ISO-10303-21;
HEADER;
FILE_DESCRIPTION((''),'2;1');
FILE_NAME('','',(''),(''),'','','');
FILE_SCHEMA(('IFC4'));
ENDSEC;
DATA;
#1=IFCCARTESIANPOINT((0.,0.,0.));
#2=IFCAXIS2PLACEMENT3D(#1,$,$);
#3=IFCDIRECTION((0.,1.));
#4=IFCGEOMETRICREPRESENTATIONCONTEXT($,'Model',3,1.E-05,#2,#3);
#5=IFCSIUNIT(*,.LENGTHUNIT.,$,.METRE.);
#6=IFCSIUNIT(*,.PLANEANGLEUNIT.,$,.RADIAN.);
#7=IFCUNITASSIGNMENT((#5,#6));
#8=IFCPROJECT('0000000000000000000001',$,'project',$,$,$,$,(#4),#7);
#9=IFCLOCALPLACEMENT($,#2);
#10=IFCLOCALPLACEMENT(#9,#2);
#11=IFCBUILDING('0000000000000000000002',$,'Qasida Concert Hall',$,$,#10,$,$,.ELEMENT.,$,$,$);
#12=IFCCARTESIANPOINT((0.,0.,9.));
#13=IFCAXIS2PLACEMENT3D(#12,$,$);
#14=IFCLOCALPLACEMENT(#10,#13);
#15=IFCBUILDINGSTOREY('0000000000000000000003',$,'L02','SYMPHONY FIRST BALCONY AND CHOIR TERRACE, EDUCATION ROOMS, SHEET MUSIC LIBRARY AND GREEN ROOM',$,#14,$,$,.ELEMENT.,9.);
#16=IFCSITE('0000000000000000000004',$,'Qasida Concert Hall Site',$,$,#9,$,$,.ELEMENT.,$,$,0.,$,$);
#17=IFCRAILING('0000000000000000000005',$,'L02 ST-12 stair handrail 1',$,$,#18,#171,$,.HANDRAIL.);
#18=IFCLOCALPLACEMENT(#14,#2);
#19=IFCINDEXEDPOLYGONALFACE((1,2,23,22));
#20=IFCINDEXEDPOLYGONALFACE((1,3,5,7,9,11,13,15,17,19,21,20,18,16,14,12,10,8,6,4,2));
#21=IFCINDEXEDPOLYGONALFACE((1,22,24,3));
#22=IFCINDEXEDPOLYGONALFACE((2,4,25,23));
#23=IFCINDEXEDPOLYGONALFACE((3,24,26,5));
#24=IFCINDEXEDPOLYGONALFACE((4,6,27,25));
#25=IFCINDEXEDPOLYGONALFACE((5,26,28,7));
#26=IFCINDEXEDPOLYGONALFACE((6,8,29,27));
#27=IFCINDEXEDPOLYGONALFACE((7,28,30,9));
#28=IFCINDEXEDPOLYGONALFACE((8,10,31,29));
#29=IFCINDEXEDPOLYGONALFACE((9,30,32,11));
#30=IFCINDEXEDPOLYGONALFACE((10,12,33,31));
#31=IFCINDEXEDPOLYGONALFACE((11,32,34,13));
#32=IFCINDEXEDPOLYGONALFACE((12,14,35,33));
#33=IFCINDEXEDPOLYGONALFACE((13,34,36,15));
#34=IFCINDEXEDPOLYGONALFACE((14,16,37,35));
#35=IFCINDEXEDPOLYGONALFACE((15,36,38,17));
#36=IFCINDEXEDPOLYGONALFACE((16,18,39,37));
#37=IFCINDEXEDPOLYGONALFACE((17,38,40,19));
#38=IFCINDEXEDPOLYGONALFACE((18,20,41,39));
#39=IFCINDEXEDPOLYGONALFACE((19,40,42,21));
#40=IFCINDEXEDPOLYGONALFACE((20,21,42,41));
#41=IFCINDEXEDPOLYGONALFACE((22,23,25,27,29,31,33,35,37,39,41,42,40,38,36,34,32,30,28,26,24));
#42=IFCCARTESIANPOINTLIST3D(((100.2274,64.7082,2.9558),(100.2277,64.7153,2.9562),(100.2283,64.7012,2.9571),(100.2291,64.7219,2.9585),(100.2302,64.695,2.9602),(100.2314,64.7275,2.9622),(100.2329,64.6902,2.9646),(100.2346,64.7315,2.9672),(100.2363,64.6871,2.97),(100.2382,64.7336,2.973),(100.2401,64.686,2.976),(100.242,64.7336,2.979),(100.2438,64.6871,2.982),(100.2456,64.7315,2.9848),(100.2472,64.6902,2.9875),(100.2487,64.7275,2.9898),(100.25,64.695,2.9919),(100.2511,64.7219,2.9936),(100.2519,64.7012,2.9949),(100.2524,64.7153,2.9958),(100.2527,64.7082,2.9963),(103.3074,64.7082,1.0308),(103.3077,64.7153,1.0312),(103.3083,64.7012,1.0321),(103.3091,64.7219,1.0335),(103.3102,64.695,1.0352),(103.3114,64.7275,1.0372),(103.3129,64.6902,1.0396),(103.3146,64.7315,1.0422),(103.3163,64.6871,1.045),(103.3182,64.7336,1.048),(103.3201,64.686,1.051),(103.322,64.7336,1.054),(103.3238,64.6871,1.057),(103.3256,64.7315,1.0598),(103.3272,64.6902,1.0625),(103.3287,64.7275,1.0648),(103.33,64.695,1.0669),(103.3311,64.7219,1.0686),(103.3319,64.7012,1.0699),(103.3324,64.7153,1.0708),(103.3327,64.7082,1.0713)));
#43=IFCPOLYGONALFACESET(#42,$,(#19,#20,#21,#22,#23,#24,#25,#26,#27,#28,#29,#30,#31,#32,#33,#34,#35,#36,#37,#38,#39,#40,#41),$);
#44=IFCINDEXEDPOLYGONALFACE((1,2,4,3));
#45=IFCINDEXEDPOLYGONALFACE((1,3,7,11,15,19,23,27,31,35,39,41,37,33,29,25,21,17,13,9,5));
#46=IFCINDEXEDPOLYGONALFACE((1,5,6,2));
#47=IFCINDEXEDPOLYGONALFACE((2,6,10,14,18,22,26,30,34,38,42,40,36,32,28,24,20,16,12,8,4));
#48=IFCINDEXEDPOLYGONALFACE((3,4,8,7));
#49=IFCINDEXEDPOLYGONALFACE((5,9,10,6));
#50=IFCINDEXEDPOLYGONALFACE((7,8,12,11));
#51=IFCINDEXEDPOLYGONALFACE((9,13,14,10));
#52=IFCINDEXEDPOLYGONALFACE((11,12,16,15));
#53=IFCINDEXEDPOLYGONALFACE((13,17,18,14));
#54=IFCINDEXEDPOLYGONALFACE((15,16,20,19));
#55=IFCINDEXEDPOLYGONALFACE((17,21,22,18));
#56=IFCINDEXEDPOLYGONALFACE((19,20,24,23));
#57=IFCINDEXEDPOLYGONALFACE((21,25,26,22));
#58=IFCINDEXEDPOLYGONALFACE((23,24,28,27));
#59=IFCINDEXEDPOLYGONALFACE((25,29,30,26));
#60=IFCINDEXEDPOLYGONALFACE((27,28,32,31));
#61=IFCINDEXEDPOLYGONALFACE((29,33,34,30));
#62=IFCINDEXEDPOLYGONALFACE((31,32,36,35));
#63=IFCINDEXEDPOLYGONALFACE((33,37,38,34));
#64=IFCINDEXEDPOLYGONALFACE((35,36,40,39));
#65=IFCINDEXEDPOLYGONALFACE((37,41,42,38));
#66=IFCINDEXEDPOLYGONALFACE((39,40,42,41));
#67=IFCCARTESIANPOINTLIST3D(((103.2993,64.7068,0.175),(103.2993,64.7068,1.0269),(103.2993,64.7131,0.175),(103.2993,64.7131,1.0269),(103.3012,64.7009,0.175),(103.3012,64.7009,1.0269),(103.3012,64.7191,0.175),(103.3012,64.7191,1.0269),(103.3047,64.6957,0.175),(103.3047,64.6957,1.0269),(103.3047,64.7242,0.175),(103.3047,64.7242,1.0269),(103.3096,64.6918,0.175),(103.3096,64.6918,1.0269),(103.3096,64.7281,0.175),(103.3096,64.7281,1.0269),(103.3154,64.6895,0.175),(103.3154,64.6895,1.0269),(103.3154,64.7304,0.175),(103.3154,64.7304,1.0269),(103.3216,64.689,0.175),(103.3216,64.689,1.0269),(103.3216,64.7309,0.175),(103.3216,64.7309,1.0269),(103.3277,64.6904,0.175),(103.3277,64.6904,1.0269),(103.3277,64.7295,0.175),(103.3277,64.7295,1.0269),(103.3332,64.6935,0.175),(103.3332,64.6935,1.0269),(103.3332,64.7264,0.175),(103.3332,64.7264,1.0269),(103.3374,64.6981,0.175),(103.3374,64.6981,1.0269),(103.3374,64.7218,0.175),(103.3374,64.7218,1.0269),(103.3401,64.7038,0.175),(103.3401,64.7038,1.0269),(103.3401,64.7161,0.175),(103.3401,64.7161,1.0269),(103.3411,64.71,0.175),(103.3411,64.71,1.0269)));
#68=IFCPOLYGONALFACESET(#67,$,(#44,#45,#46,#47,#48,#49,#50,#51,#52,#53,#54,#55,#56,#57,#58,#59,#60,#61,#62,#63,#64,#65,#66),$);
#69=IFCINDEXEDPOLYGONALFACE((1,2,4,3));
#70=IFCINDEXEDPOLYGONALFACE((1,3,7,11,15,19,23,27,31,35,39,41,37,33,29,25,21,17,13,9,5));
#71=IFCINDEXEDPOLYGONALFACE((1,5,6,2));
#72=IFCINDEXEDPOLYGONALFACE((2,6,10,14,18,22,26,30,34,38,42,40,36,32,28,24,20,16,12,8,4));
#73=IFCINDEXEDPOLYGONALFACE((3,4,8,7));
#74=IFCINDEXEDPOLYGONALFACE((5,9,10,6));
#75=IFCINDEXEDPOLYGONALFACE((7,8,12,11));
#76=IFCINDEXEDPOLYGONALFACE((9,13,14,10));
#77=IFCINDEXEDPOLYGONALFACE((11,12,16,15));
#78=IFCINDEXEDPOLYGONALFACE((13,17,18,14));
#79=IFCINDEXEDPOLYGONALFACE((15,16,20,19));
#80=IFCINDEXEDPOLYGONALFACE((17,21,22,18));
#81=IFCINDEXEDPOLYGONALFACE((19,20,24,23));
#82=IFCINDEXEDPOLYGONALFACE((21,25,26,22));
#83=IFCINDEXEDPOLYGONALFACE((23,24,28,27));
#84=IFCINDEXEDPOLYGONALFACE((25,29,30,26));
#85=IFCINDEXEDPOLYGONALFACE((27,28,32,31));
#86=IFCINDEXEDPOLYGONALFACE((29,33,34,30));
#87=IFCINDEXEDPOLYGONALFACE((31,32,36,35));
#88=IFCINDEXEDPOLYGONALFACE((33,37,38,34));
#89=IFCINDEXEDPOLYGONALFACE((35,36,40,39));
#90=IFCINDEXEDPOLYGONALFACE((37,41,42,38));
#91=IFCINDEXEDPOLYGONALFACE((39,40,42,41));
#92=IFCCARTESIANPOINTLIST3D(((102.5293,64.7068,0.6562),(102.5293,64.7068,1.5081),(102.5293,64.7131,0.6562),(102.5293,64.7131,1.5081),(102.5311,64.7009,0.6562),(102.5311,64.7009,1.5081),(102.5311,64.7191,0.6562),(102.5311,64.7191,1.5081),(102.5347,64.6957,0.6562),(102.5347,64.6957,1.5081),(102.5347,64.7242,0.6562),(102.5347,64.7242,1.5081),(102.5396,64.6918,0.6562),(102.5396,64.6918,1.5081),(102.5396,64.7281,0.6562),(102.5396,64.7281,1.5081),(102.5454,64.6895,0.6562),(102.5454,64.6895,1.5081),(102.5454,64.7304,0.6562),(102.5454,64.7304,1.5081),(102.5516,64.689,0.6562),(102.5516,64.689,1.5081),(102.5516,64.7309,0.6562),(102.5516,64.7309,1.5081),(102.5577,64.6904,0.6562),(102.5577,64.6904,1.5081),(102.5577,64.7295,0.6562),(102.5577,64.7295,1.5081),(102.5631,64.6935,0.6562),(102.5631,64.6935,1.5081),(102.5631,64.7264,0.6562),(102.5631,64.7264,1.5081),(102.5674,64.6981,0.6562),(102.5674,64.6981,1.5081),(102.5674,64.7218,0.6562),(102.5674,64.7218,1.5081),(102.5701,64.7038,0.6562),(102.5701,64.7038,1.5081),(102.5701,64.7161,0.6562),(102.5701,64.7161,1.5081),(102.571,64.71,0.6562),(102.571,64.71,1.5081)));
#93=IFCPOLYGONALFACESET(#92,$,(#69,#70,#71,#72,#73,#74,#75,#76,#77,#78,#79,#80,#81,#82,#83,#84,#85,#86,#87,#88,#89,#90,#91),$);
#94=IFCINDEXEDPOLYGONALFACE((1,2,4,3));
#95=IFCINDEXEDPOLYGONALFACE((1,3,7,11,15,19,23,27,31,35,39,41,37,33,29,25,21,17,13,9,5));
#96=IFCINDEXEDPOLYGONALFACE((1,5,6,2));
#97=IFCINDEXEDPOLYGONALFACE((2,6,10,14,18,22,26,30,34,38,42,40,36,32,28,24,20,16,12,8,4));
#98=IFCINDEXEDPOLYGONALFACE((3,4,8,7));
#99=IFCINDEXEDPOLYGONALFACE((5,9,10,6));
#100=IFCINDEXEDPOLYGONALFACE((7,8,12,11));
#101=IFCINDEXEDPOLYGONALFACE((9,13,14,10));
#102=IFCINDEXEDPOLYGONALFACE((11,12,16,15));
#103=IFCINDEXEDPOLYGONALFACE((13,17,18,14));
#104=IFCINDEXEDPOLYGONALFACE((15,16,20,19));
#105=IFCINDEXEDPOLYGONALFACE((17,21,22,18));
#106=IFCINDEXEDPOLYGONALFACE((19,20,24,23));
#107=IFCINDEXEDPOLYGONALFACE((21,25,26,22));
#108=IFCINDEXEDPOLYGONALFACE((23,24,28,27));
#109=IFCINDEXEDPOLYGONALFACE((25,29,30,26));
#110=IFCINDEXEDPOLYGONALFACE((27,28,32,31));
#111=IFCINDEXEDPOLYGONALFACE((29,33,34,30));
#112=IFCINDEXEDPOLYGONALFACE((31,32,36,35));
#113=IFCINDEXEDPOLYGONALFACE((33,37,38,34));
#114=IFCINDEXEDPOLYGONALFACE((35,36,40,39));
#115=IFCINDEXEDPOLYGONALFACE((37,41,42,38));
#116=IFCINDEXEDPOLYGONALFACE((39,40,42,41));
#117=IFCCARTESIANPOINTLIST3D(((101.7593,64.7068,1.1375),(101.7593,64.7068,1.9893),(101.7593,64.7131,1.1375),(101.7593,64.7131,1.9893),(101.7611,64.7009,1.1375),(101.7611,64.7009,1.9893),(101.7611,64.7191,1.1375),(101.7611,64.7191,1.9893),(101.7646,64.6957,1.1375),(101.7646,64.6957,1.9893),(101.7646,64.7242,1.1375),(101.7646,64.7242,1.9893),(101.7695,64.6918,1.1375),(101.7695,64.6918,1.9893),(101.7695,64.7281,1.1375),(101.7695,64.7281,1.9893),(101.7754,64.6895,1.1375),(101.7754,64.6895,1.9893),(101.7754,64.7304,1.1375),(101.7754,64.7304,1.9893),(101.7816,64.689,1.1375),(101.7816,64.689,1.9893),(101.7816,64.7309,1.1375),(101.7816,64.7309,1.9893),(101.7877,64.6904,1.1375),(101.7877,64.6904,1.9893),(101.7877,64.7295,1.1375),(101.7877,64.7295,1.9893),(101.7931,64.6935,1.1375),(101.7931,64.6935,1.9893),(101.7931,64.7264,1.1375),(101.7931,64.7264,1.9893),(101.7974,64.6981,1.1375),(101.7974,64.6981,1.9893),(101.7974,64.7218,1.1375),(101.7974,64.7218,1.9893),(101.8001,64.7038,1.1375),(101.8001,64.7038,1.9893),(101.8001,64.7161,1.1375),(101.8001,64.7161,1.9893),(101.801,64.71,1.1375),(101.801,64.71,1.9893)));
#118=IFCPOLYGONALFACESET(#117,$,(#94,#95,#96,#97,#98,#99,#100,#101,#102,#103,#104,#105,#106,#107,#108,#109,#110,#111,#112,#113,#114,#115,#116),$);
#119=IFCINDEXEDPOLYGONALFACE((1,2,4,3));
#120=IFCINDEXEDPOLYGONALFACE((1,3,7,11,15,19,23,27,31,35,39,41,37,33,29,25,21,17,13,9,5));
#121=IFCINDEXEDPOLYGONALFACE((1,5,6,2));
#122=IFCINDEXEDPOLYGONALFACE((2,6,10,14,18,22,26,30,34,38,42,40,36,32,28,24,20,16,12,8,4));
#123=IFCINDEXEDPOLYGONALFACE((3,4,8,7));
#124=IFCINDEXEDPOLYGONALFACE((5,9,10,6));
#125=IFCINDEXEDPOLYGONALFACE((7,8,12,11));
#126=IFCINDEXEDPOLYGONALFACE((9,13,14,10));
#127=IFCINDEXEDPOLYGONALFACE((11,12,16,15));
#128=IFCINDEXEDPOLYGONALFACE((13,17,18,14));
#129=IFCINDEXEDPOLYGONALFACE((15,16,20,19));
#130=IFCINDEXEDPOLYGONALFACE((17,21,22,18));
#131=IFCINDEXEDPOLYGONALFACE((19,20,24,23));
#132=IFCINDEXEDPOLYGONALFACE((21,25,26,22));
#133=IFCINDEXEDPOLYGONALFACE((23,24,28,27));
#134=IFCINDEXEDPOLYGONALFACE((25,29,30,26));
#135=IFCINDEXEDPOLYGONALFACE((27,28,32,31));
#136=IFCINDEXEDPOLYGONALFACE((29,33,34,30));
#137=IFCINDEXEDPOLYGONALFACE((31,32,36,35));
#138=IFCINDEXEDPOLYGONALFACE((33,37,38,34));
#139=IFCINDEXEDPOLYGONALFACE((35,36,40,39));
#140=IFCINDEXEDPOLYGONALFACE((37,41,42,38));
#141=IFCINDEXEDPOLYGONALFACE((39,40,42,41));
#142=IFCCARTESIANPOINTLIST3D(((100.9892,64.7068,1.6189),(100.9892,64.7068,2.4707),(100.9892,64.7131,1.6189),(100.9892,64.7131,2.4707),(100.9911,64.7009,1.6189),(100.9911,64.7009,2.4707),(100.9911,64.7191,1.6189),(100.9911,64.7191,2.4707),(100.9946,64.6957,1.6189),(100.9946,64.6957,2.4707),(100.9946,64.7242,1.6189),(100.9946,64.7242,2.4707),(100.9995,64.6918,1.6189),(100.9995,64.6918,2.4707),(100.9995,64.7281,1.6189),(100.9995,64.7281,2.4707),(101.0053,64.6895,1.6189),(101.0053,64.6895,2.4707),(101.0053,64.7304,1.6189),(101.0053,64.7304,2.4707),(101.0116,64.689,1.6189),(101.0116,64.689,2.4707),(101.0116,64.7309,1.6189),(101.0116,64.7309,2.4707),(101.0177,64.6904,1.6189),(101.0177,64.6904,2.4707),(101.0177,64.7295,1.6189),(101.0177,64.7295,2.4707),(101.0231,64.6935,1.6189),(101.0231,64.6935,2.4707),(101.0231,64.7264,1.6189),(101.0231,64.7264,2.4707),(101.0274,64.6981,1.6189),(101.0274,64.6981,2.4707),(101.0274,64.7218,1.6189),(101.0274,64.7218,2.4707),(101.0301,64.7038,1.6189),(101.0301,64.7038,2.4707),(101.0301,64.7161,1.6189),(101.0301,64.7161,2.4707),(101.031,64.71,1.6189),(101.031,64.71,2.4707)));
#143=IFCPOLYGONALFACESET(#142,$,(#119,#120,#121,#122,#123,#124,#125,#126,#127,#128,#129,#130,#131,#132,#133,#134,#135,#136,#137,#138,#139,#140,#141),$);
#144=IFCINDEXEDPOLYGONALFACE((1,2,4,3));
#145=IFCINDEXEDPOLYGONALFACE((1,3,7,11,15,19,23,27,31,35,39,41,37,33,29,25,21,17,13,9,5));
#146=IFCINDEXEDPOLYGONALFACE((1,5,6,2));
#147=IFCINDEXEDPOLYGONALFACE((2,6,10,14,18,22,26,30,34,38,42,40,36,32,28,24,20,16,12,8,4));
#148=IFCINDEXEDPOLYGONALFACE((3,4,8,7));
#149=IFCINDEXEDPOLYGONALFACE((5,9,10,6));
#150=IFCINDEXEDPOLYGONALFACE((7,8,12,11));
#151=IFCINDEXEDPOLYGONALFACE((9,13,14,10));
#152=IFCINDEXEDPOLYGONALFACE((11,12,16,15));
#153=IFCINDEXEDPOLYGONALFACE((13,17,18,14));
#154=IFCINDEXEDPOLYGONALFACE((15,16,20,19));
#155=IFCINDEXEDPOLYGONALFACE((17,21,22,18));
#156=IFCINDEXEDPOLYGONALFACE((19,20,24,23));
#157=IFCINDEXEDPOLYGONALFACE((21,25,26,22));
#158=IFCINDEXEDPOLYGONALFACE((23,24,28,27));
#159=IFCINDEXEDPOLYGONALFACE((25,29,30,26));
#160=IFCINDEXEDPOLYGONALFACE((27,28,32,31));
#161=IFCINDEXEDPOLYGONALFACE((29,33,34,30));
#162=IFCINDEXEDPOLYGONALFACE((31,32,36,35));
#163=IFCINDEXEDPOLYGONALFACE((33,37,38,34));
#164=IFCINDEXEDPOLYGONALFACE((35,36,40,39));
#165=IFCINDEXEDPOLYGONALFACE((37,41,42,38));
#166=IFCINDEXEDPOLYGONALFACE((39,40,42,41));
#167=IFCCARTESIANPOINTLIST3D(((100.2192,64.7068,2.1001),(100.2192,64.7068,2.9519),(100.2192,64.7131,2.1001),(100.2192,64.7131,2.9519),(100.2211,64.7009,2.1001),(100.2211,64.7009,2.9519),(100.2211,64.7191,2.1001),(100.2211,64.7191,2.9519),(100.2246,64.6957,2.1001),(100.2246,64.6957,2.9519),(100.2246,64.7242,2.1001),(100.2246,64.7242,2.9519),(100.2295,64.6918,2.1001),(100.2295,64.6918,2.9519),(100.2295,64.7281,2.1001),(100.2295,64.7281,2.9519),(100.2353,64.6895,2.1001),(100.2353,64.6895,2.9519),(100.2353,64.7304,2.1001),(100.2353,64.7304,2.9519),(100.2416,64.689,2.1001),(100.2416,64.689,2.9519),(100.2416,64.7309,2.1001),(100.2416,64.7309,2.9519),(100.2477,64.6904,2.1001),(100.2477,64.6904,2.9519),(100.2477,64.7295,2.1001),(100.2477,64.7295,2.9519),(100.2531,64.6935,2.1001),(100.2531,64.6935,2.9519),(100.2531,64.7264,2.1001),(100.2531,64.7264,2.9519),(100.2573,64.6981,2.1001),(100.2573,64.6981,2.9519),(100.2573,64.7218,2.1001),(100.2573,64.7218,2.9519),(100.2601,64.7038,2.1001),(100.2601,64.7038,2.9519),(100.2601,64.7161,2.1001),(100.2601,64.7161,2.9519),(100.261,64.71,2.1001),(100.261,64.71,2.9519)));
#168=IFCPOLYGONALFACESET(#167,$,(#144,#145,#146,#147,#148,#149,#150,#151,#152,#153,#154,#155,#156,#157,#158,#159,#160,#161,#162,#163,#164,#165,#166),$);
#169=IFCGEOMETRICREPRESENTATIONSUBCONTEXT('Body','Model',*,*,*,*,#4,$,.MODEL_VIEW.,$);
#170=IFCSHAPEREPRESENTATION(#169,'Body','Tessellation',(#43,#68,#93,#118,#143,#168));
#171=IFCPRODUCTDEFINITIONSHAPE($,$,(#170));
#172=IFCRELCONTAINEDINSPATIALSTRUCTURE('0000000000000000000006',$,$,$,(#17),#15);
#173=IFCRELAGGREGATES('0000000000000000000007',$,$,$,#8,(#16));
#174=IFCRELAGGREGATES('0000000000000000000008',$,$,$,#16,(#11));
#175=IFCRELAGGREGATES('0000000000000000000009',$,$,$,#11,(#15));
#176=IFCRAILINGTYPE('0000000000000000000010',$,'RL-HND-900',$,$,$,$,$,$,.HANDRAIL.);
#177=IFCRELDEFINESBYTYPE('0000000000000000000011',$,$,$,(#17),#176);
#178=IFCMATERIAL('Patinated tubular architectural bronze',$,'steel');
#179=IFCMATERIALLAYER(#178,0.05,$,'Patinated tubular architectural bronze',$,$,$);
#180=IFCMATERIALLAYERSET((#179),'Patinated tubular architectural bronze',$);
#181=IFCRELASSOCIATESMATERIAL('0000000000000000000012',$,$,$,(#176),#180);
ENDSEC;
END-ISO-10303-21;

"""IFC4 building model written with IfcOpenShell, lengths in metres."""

from ifc_helpers import new_model, si_unit, direction, frame, origin, origin_2d, place, context, subcontext, project, spatial, circle, extrude, material, layer, layer_set, type_object, element, save


model = new_model("IFC4")

# Units and contexts
model_context = context("Model", 3, precision=1e-05, world=origin(), true_north=direction((0.0, 1.0)))
body_context = subcontext(model_context, "Body", "Model", "MODEL_VIEW")
ifc_project = project(units=[si_unit("LENGTHUNIT", "METRE"), si_unit("PLANEANGLEUNIT", "RADIAN")], contexts=[model_context])

# Site, building, storey
site_placement = place(None, origin())
site = spatial("IfcSite", under=ifc_project, at=site_placement, Name="Qasida Concert Hall Site", CompositionType="ELEMENT", RefElevation=0.0)
building_placement = place(site_placement, origin())
building = spatial("IfcBuilding", under=site, at=building_placement, Name="Qasida Concert Hall", CompositionType="ELEMENT")
storey_placement = place(building_placement, frame((0.0, 0.0, 9.0)))
storey = spatial("IfcBuildingStorey", under=building, at=storey_placement, Name="L02", Description="SYMPHONY FIRST BALCONY AND CHOIR TERRACE, EDUCATION ROOMS, SHEET MUSIC LIBRARY AND GREEN ROOM", CompositionType="ELEMENT", Elevation=9.0)

# Railing
ifc_material_1 = material(Name="Patinated tubular architectural bronze", Category="steel")
ifc_layer_1 = layer(ifc_material_1, 0.05, Name="Patinated tubular architectural bronze")
ifc_layer_set_1 = layer_set([ifc_layer_1], Name="Patinated tubular architectural bronze")
railing_type_1 = type_object("IfcRailingType", Name="RL-HND-900", PredefinedType="HANDRAIL", material=ifc_layer_set_1)
railing_1_placement = place(storey_placement, frame((103.3201, 64.71, 0.175)))
element("IfcRailing", 1, at=railing_1_placement, inside=storey, type_object=railing_type_1, Name="L02 ST-12 stair handrail 1", PredefinedType="HANDRAIL", context=body_context, shape_type="SweptSolid", body=[
    extrude(circle(Radius=0.0239, at=origin_2d()), frame((0.0, 0.0, 0.876), z_axis=(-0.847998, 0.0, 0.529999), x_axis=(0.0, -1.0, 0.0)), (0.0, 0.0, 1.0), 3.6321),
    extrude(circle(Radius=0.021, at=origin_2d()), origin(), (0.0, 0.0, 1.0), 0.8518),
    extrude(circle(Radius=0.021, at=origin_2d()), frame((-0.77, 0.0, 0.4812)), (0.0, 0.0, 1.0), 0.8518),
    extrude(circle(Radius=0.021, at=origin_2d()), frame((-1.54, 0.0, 0.9624)), (0.0, 0.0, 1.0), 0.8518),
    extrude(circle(Radius=0.021, at=origin_2d()), frame((-2.3101, 0.0, 1.4438)), (0.0, 0.0, 1.0), 0.8518),
    extrude(circle(Radius=0.021, at=origin_2d()), frame((-3.0801, 0.0, 1.925)), (0.0, 0.0, 1.0), 0.8518),
])

save(model, "model.ifc")
